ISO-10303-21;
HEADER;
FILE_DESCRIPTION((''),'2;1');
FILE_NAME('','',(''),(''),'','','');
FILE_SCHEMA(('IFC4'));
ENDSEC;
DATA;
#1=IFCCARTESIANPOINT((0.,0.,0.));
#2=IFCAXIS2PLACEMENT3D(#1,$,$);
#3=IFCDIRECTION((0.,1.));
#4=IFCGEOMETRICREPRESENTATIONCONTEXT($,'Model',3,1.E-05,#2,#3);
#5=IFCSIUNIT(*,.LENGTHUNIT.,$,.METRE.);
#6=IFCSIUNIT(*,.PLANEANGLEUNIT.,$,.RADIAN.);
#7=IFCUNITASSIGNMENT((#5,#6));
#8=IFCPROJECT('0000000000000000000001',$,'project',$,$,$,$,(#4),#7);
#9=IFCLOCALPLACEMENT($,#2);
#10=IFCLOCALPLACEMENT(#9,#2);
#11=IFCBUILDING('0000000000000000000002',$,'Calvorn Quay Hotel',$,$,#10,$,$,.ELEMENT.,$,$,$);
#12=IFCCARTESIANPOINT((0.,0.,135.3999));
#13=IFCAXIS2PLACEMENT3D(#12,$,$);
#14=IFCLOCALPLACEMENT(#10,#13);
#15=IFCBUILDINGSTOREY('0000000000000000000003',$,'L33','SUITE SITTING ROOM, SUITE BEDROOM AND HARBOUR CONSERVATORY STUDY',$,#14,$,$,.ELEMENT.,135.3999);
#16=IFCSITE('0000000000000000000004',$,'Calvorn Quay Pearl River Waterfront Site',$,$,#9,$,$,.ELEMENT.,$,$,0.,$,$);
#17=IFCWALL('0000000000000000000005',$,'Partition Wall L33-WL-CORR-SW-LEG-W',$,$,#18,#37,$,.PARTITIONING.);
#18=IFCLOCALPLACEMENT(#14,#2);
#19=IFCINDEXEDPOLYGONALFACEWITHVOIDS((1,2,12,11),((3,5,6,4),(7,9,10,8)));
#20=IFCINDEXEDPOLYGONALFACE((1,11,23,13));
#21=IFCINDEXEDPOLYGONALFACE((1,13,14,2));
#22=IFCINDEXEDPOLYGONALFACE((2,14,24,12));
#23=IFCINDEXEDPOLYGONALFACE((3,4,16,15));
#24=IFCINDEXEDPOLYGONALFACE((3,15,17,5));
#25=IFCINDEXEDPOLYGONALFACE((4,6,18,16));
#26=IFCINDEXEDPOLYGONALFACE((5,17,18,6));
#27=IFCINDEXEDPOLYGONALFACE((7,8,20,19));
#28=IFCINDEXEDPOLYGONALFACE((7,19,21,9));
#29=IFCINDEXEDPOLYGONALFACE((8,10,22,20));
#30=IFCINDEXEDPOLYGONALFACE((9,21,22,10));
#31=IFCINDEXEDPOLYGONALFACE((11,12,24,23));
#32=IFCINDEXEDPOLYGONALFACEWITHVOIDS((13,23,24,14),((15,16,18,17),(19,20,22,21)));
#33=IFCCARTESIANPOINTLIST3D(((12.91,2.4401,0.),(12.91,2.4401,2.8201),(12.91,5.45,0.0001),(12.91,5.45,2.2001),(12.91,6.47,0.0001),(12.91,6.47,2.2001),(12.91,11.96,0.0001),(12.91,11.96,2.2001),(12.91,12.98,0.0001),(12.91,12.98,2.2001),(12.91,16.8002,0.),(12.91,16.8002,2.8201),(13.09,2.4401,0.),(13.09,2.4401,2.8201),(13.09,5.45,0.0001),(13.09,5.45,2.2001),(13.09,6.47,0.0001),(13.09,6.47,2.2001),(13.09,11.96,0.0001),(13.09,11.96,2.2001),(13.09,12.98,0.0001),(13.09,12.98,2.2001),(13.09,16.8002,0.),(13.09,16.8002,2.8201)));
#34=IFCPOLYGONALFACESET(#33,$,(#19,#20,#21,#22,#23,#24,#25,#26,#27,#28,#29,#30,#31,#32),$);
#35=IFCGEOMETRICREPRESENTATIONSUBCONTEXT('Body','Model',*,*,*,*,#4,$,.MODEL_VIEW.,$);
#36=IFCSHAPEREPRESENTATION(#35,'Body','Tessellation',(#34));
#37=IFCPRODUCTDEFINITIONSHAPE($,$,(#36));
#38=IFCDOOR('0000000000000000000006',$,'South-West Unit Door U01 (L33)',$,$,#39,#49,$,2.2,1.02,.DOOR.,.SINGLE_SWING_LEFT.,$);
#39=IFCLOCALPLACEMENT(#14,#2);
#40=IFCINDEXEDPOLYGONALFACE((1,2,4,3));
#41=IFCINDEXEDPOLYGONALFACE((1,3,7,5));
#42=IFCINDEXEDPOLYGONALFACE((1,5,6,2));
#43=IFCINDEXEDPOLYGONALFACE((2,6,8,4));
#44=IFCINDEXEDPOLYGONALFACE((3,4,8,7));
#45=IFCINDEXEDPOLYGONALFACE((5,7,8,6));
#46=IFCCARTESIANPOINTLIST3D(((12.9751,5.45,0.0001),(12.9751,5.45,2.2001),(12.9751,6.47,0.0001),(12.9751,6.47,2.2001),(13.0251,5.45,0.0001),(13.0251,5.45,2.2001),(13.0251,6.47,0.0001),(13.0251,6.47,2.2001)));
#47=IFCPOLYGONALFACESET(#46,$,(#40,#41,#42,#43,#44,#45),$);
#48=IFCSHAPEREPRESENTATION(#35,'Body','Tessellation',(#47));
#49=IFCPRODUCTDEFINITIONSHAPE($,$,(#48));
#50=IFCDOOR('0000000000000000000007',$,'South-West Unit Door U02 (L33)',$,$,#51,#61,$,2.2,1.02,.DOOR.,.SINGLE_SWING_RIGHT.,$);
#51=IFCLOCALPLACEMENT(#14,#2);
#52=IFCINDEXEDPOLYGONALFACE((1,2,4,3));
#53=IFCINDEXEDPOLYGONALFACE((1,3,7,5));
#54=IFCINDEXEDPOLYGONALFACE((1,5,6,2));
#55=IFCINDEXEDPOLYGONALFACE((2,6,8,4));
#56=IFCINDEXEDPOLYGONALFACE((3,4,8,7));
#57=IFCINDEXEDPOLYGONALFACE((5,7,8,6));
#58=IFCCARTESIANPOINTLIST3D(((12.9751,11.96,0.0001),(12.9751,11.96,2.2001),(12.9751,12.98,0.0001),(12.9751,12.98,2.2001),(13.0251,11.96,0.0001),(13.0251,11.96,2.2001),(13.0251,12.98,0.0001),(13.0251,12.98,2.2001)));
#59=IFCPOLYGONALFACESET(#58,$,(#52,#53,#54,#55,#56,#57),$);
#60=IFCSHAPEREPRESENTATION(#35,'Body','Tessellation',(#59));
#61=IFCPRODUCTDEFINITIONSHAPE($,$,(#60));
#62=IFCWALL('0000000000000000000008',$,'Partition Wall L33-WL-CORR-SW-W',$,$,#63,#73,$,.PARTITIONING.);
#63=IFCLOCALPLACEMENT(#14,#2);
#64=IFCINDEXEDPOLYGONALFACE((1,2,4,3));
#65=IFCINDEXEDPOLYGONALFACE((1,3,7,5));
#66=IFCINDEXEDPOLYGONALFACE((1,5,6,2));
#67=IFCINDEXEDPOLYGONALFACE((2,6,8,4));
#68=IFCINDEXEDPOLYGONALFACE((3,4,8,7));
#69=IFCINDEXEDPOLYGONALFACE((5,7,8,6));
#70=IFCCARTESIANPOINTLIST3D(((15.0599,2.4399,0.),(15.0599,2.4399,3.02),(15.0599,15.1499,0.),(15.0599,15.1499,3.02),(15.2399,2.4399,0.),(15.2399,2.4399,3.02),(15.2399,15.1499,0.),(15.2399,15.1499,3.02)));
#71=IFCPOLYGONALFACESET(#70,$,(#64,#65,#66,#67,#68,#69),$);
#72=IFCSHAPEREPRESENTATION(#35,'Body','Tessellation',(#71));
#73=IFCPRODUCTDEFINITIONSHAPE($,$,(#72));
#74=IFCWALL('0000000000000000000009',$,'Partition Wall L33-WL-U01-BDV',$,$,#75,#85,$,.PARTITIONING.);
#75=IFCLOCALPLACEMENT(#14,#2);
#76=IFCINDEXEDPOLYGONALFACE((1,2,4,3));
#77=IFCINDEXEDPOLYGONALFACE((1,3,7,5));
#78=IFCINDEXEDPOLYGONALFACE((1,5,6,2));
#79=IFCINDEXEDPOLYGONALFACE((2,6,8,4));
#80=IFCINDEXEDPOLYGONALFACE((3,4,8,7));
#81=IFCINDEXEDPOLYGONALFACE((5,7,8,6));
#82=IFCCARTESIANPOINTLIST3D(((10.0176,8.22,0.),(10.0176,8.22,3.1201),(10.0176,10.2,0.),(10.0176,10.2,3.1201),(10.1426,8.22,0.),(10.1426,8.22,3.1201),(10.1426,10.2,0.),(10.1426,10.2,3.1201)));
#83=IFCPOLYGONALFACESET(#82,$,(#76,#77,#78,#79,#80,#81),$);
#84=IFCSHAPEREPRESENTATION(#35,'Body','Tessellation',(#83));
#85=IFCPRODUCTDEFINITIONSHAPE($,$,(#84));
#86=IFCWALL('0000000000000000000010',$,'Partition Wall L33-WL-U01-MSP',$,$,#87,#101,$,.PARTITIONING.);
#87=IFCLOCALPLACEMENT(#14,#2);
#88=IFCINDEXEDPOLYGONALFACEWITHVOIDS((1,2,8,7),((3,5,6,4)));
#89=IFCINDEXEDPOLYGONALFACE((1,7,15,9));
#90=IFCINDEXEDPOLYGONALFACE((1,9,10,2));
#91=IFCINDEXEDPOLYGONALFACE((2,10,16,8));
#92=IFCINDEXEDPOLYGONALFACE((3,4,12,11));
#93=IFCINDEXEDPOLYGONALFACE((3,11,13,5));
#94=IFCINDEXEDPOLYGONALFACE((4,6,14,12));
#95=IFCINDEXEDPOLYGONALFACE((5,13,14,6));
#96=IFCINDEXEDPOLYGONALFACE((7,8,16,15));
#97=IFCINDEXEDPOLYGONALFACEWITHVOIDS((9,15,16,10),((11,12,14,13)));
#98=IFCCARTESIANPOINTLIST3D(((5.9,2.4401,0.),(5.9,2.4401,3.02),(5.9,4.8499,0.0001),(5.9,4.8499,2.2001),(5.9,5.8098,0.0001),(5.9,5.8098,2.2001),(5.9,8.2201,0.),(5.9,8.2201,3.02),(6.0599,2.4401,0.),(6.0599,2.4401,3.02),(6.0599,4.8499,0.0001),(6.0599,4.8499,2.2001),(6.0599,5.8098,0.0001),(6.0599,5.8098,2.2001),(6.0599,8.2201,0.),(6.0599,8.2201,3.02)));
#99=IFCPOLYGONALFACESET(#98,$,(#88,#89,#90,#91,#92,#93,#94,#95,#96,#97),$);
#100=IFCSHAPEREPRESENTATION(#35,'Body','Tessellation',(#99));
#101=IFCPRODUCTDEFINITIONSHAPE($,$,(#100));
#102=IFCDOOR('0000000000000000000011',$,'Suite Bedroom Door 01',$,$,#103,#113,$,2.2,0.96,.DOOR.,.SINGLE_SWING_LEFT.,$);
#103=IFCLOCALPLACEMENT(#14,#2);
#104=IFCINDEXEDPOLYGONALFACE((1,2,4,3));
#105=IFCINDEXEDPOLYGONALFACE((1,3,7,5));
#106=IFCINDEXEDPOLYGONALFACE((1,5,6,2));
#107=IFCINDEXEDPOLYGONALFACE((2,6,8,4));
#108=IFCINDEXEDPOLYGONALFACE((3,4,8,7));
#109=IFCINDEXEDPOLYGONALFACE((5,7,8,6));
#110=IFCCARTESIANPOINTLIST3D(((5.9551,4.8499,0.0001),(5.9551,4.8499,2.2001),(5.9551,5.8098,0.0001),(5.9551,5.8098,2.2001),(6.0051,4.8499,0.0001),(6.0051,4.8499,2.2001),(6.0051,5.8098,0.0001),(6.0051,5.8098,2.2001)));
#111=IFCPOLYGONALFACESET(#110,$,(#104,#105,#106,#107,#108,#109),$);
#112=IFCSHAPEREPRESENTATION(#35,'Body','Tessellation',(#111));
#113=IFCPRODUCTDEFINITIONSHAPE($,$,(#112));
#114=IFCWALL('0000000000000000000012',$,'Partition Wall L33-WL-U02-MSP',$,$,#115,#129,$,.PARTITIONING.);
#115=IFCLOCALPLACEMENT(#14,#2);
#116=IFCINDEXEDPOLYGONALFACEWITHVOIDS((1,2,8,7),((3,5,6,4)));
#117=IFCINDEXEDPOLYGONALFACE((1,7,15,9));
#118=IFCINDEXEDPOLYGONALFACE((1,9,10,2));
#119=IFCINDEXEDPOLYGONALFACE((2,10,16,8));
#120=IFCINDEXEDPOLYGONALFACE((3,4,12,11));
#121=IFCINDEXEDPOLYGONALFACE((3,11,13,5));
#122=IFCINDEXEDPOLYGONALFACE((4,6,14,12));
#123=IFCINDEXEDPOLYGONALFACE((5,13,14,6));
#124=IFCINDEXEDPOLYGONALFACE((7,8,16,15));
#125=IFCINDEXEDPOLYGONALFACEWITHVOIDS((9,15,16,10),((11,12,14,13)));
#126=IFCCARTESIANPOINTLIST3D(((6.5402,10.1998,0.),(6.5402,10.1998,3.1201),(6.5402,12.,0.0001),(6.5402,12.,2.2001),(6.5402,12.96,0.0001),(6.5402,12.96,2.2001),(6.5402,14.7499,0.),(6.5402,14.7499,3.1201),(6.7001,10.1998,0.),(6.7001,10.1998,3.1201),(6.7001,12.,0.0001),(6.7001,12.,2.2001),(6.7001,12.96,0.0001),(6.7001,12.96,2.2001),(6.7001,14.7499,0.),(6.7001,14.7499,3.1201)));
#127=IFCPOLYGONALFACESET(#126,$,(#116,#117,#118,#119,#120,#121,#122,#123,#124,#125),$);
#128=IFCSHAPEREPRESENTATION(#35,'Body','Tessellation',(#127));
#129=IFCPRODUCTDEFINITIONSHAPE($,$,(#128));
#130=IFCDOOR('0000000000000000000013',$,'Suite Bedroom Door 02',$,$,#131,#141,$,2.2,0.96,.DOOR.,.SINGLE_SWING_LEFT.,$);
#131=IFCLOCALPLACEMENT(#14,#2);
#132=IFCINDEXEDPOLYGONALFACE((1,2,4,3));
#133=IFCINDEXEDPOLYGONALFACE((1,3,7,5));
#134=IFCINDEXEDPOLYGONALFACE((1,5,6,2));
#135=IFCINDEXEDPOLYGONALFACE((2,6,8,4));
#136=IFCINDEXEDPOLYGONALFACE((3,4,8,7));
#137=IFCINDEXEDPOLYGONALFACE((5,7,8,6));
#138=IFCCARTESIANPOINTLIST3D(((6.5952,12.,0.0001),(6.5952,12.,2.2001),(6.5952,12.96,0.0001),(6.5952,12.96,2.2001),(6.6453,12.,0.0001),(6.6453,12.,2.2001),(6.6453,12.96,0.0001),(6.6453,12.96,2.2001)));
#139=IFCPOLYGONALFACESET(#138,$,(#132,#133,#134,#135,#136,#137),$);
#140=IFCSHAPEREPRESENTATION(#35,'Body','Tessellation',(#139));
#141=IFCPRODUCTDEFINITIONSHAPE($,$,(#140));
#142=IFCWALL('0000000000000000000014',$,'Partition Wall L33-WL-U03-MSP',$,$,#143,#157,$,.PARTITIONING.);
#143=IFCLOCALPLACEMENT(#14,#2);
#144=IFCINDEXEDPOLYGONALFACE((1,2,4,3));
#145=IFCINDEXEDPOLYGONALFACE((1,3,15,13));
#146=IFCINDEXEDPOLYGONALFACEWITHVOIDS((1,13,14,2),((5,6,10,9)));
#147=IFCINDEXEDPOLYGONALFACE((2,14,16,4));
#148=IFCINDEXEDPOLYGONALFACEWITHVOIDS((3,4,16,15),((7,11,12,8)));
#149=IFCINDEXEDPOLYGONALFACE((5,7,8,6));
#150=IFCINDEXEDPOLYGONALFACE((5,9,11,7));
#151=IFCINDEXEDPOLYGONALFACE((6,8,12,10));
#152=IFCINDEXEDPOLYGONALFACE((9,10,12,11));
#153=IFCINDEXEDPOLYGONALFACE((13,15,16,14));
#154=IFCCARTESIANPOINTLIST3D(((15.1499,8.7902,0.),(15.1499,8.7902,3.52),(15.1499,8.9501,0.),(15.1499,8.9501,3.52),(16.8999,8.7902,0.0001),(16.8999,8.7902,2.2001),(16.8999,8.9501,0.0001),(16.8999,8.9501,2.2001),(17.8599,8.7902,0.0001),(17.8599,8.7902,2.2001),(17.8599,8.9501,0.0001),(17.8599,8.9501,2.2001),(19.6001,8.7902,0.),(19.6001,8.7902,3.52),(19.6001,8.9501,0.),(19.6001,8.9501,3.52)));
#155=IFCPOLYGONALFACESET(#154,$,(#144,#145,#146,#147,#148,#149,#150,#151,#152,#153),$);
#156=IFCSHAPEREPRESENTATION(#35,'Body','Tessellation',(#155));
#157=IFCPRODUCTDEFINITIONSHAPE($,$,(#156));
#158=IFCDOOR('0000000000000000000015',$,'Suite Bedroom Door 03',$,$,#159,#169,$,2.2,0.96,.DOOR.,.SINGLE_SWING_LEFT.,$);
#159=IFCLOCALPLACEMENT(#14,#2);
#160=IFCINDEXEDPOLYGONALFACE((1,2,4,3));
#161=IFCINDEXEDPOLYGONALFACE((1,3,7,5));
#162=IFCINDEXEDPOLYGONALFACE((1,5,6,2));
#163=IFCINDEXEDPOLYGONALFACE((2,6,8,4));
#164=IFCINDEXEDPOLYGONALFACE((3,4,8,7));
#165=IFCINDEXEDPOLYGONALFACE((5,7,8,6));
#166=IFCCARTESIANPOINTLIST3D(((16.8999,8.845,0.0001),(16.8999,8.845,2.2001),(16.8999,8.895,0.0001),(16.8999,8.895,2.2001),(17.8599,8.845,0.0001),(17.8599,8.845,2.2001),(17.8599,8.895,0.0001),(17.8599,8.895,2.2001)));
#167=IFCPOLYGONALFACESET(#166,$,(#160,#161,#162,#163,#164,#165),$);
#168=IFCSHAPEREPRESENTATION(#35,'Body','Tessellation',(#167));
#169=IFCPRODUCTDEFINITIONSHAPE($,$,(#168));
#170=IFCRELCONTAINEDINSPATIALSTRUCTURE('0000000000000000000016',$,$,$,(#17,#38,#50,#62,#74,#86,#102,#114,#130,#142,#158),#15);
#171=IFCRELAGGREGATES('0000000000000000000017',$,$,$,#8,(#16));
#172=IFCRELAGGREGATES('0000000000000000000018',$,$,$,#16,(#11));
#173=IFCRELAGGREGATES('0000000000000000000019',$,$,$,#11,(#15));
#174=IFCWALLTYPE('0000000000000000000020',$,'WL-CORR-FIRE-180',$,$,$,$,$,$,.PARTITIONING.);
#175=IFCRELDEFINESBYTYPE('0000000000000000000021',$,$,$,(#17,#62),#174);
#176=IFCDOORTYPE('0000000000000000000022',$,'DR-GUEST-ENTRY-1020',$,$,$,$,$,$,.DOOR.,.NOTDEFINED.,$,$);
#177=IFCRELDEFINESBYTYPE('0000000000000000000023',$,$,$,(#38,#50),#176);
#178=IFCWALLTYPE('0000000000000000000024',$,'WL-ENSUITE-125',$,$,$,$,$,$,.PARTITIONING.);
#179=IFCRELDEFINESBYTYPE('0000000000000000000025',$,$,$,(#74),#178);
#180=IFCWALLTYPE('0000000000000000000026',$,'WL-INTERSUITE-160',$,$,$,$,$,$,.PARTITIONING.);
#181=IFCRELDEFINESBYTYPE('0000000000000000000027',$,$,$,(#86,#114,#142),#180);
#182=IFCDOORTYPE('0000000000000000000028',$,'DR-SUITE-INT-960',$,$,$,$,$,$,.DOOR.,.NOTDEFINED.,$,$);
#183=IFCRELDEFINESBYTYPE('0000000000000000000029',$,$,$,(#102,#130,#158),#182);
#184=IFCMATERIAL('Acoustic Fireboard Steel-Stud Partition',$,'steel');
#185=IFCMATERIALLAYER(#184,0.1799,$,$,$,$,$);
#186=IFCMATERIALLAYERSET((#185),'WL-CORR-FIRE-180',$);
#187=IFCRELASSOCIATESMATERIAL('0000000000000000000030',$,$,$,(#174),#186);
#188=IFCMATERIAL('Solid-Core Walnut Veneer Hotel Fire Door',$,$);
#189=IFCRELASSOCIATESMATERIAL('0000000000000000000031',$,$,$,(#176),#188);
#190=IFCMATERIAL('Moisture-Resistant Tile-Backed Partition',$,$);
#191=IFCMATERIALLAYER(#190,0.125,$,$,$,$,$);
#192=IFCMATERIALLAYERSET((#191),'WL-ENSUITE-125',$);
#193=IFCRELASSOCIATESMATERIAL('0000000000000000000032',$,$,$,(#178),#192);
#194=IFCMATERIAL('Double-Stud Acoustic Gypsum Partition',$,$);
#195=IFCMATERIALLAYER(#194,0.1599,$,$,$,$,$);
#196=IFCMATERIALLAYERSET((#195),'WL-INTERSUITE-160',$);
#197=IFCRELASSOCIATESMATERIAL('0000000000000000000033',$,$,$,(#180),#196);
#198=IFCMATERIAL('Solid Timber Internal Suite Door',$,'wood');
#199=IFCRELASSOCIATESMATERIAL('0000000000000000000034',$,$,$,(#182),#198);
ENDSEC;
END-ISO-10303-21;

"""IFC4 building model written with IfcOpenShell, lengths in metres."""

from ifc_helpers import new_model, si_unit, direction, frame, frame_2d, origin, place, context, subcontext, project, spatial, rectangle, extrude, material, layer, layer_set, type_object, element, fill, save


model = new_model("IFC4")

# Units and contexts
model_context = context("Model", 3, precision=1e-05, world=origin(), true_north=direction((0.0, 1.0)))
body_context = subcontext(model_context, "Body", "Model", "MODEL_VIEW")
ifc_project = project(units=[si_unit("LENGTHUNIT", "METRE"), si_unit("PLANEANGLEUNIT", "RADIAN")], contexts=[model_context])

# Site, building, storey
site_placement = place(None, origin())
site = spatial("IfcSite", under=ifc_project, at=site_placement, Name="Calvorn Quay Pearl River Waterfront Site", CompositionType="ELEMENT", RefElevation=0.0)
building_placement = place(site_placement, origin())
building = spatial("IfcBuilding", under=site, at=building_placement, Name="Calvorn Quay Hotel", CompositionType="ELEMENT")
storey_placement = place(building_placement, frame((0.0, 0.0, 135.3999)))
storey = spatial("IfcBuildingStorey", under=building, at=storey_placement, Name="L33", Description="SUITE SITTING ROOM, SUITE BEDROOM AND HARBOUR CONSERVATORY STUDY", CompositionType="ELEMENT", Elevation=135.3999)

# Wall, openings, doors
ifc_material_1 = material(Name="Acoustic Fireboard Steel-Stud Partition", Category="steel")
ifc_layer_1 = layer(ifc_material_1, 0.1799)
ifc_layer_set_1 = layer_set([ifc_layer_1], Name="WL-CORR-FIRE-180")
wall_type_1 = type_object("IfcWallType", Name="WL-CORR-FIRE-180", PredefinedType="PARTITIONING", material=ifc_layer_set_1)
wall_1_placement = place(storey_placement, frame((13.0, 2.4399, 0.0), z_axis=(0.0, 0.0, 1.0), x_axis=(0.0, 1.0, 0.0)))
wall_1 = element("IfcWall", 1, at=wall_1_placement, inside=storey, type_object=wall_type_1, Name="Partition Wall L33-WL-CORR-SW-LEG-W", PredefinedType="PARTITIONING", context=body_context, shape_type="SweptSolid", body=[
    extrude(rectangle(XDim=14.3601, YDim=0.1799, at=frame_2d((7.1802, 0.0))), origin(), (0.0, 0.0, 1.0), 2.8201),
])
opening_1_placement = place(wall_1_placement, frame((3.01, 0.0, 0.0)))
opening_1 = element("IfcOpeningElement", 2, at=opening_1_placement, cuts=wall_1, PredefinedType="OPENING", context=body_context, shape_type="SweptSolid", body=[
    extrude(rectangle(XDim=1.02, YDim=2.2, at=frame_2d((0.51, 1.1001))), frame((0.0, 0.0999, 0.0), z_axis=(0.0, -1.0, 0.0), x_axis=(1.0, 0.0, 0.0)), (0.0, 0.0, 1.0), 0.2),
])
opening_2_placement = place(wall_1_placement, frame((9.52, 0.0, 0.0)))
opening_2 = element("IfcOpeningElement", 3, at=opening_2_placement, cuts=wall_1, PredefinedType="OPENING", context=body_context, shape_type="SweptSolid", body=[
    extrude(rectangle(XDim=1.02, YDim=2.2, at=frame_2d((0.51, 1.1001))), frame((0.0, 0.0999, 0.0), z_axis=(0.0, -1.0, 0.0), x_axis=(1.0, 0.0, 0.0)), (0.0, 0.0, 1.0), 0.2),
])
ifc_material_2 = material(Name="Solid-Core Walnut Veneer Hotel Fire Door")
door_type_1 = type_object("IfcDoorType", Name="DR-GUEST-ENTRY-1020", OperationType="NOTDEFINED", PredefinedType="DOOR", material=ifc_material_2)
door_1_placement = place(opening_1_placement, origin())
door_1 = element("IfcDoor", 4, at=door_1_placement, inside=storey, type_object=door_type_1, Name="South-West Unit Door U01 (L33)", OperationType="SINGLE_SWING_LEFT", OverallHeight=2.2, OverallWidth=1.02, PredefinedType="DOOR", context=body_context, shape_type="SweptSolid", body=[
    extrude(rectangle(XDim=1.02, YDim=2.2, at=frame_2d((0.51, 1.1001))), frame((0.0, 0.0249, 0.0), z_axis=(0.0, -1.0, 0.0), x_axis=(1.0, 0.0, 0.0)), (0.0, 0.0, 1.0), 0.05),
])
fill(opening_1, door_1)
door_2_placement = place(opening_2_placement, origin())
door_2 = element("IfcDoor", 5, at=door_2_placement, inside=storey, type_object=door_type_1, Name="South-West Unit Door U02 (L33)", OperationType="SINGLE_SWING_RIGHT", OverallHeight=2.2, OverallWidth=1.02, PredefinedType="DOOR", context=body_context, shape_type="SweptSolid", body=[
    extrude(rectangle(XDim=1.02, YDim=2.2, at=frame_2d((0.51, 1.1001))), frame((0.0, 0.0249, 0.0), z_axis=(0.0, -1.0, 0.0), x_axis=(1.0, 0.0, 0.0)), (0.0, 0.0, 1.0), 0.05),
])
fill(opening_2, door_2)

# Walls
wall_2_placement = place(storey_placement, frame((15.1499, 2.4399, 0.0), z_axis=(0.0, 0.0, 1.0), x_axis=(0.0, 1.0, 0.0)))
element("IfcWall", 6, at=wall_2_placement, inside=storey, type_object=wall_type_1, Name="Partition Wall L33-WL-CORR-SW-W", PredefinedType="PARTITIONING", context=body_context, shape_type="SweptSolid", body=[
    extrude(rectangle(XDim=12.71, YDim=0.1799, at=frame_2d((6.355, 0.0))), origin(), (0.0, 0.0, 1.0), 3.02),
])
ifc_material_3 = material(Name="Moisture-Resistant Tile-Backed Partition")
ifc_layer_2 = layer(ifc_material_3, 0.125)
ifc_layer_set_2 = layer_set([ifc_layer_2], Name="WL-ENSUITE-125")
wall_type_2 = type_object("IfcWallType", Name="WL-ENSUITE-125", PredefinedType="PARTITIONING", material=ifc_layer_set_2)
wall_3_placement = place(storey_placement, frame((10.0801, 8.22, 0.0), z_axis=(0.0, 0.0, 1.0), x_axis=(0.0, 1.0, 0.0)))
element("IfcWall", 7, at=wall_3_placement, inside=storey, type_object=wall_type_2, Name="Partition Wall L33-WL-U01-BDV", PredefinedType="PARTITIONING", context=body_context, shape_type="SweptSolid", body=[
    extrude(rectangle(XDim=1.98, YDim=0.125, at=frame_2d((0.99, 0.0))), origin(), (0.0, 0.0, 1.0), 3.1201),
])

# Walls, openings, doors
ifc_material_4 = material(Name="Double-Stud Acoustic Gypsum Partition")
ifc_layer_3 = layer(ifc_material_4, 0.1599)
ifc_layer_set_3 = layer_set([ifc_layer_3], Name="WL-INTERSUITE-160")
wall_type_3 = type_object("IfcWallType", Name="WL-INTERSUITE-160", PredefinedType="PARTITIONING", material=ifc_layer_set_3)
wall_4_placement = place(storey_placement, frame((5.98, 2.4399, 0.0), z_axis=(0.0, 0.0, 1.0), x_axis=(0.0, 1.0, 0.0)))
wall_4 = element("IfcWall", 8, at=wall_4_placement, inside=storey, type_object=wall_type_3, Name="Partition Wall L33-WL-U01-MSP", PredefinedType="PARTITIONING", context=body_context, shape_type="SweptSolid", body=[
    extrude(rectangle(XDim=5.78, YDim=0.1599, at=frame_2d((2.8901, 0.0))), origin(), (0.0, 0.0, 1.0), 3.02),
])
opening_3_placement = place(wall_4_placement, frame((2.4099, 0.0, 0.0)))
opening_3 = element("IfcOpeningElement", 9, at=opening_3_placement, cuts=wall_4, PredefinedType="OPENING", context=body_context, shape_type="SweptSolid", body=[
    extrude(rectangle(XDim=0.96, YDim=2.2, at=frame_2d((0.48, 1.1001))), frame((0.0, 0.0898, 0.0), z_axis=(0.0, -1.0, 0.0), x_axis=(1.0, 0.0, 0.0)), (0.0, 0.0, 1.0), 0.1799),
])
ifc_material_5 = material(Name="Solid Timber Internal Suite Door", Category="wood")
door_type_2 = type_object("IfcDoorType", Name="DR-SUITE-INT-960", OperationType="NOTDEFINED", PredefinedType="DOOR", material=ifc_material_5)
door_3_placement = place(opening_3_placement, origin())
door_3 = element("IfcDoor", 10, at=door_3_placement, inside=storey, type_object=door_type_2, Name="Suite Bedroom Door 01", OperationType="SINGLE_SWING_LEFT", OverallHeight=2.2, OverallWidth=0.96, PredefinedType="DOOR", context=body_context, shape_type="SweptSolid", body=[
    extrude(rectangle(XDim=0.96, YDim=2.2, at=frame_2d((0.48, 1.1001))), frame((0.0, 0.0249, 0.0), z_axis=(0.0, -1.0, 0.0), x_axis=(1.0, 0.0, 0.0)), (0.0, 0.0, 1.0), 0.05),
])
fill(opening_3, door_3)
wall_5_placement = place(storey_placement, frame((6.6201, 10.2, 0.0), z_axis=(0.0, 0.0, 1.0), x_axis=(0.0, 1.0, 0.0)))
wall_5 = element("IfcWall", 11, at=wall_5_placement, inside=storey, type_object=wall_type_3, Name="Partition Wall L33-WL-U02-MSP", PredefinedType="PARTITIONING", context=body_context, shape_type="SweptSolid", body=[
    extrude(rectangle(XDim=4.55, YDim=0.1599, at=frame_2d((2.2749, 0.0))), origin(), (0.0, 0.0, 1.0), 3.1201),
])
opening_4_placement = place(wall_5_placement, frame((1.8, 0.0, 0.0)))
opening_4 = element("IfcOpeningElement", 12, at=opening_4_placement, cuts=wall_5, PredefinedType="OPENING", context=body_context, shape_type="SweptSolid", body=[
    extrude(rectangle(XDim=0.96, YDim=2.2, at=frame_2d((0.48, 1.1001))), frame((0.0, 0.0898, 0.0), z_axis=(0.0, -1.0, 0.0), x_axis=(1.0, 0.0, 0.0)), (0.0, 0.0, 1.0), 0.1799),
])
door_4_placement = place(opening_4_placement, origin())
door_4 = element("IfcDoor", 13, at=door_4_placement, inside=storey, type_object=door_type_2, Name="Suite Bedroom Door 02", OperationType="SINGLE_SWING_LEFT", OverallHeight=2.2, OverallWidth=0.96, PredefinedType="DOOR", context=body_context, shape_type="SweptSolid", body=[
    extrude(rectangle(XDim=0.96, YDim=2.2, at=frame_2d((0.48, 1.1001))), frame((0.0, 0.0249, 0.0), z_axis=(0.0, -1.0, 0.0), x_axis=(1.0, 0.0, 0.0)), (0.0, 0.0, 1.0), 0.05),
])
fill(opening_4, door_4)
wall_6_placement = place(storey_placement, frame((15.1499, 8.8701, 0.0), z_axis=(0.0, 0.0, 1.0), x_axis=(1.0, 0.0, 0.0)))
wall_6 = element("IfcWall", 14, at=wall_6_placement, inside=storey, type_object=wall_type_3, Name="Partition Wall L33-WL-U03-MSP", PredefinedType="PARTITIONING", context=body_context, shape_type="SweptSolid", body=[
    extrude(rectangle(XDim=4.4502, YDim=0.1599, at=frame_2d((2.2251, 0.0))), origin(), (0.0, 0.0, 1.0), 3.52),
])
opening_5_placement = place(wall_6_placement, frame((1.75, 0.0, 0.0)))
opening_5 = element("IfcOpeningElement", 15, at=opening_5_placement, cuts=wall_6, PredefinedType="OPENING", context=body_context, shape_type="SweptSolid", body=[
    extrude(rectangle(XDim=0.96, YDim=2.2, at=frame_2d((0.48, 1.1001))), frame((0.0, 0.0898, 0.0), z_axis=(0.0, -1.0, 0.0), x_axis=(1.0, 0.0, 0.0)), (0.0, 0.0, 1.0), 0.1799),
])
door_5_placement = place(opening_5_placement, origin())
door_5 = element("IfcDoor", 16, at=door_5_placement, inside=storey, type_object=door_type_2, Name="Suite Bedroom Door 03", OperationType="SINGLE_SWING_LEFT", OverallHeight=2.2, OverallWidth=0.96, PredefinedType="DOOR", context=body_context, shape_type="SweptSolid", body=[
    extrude(rectangle(XDim=0.96, YDim=2.2, at=frame_2d((0.48, 1.1001))), frame((0.0, 0.0249, 0.0), z_axis=(0.0, -1.0, 0.0), x_axis=(1.0, 0.0, 0.0)), (0.0, 0.0, 1.0), 0.05),
])
fill(opening_5, door_5)

save(model, "model.ifc")
